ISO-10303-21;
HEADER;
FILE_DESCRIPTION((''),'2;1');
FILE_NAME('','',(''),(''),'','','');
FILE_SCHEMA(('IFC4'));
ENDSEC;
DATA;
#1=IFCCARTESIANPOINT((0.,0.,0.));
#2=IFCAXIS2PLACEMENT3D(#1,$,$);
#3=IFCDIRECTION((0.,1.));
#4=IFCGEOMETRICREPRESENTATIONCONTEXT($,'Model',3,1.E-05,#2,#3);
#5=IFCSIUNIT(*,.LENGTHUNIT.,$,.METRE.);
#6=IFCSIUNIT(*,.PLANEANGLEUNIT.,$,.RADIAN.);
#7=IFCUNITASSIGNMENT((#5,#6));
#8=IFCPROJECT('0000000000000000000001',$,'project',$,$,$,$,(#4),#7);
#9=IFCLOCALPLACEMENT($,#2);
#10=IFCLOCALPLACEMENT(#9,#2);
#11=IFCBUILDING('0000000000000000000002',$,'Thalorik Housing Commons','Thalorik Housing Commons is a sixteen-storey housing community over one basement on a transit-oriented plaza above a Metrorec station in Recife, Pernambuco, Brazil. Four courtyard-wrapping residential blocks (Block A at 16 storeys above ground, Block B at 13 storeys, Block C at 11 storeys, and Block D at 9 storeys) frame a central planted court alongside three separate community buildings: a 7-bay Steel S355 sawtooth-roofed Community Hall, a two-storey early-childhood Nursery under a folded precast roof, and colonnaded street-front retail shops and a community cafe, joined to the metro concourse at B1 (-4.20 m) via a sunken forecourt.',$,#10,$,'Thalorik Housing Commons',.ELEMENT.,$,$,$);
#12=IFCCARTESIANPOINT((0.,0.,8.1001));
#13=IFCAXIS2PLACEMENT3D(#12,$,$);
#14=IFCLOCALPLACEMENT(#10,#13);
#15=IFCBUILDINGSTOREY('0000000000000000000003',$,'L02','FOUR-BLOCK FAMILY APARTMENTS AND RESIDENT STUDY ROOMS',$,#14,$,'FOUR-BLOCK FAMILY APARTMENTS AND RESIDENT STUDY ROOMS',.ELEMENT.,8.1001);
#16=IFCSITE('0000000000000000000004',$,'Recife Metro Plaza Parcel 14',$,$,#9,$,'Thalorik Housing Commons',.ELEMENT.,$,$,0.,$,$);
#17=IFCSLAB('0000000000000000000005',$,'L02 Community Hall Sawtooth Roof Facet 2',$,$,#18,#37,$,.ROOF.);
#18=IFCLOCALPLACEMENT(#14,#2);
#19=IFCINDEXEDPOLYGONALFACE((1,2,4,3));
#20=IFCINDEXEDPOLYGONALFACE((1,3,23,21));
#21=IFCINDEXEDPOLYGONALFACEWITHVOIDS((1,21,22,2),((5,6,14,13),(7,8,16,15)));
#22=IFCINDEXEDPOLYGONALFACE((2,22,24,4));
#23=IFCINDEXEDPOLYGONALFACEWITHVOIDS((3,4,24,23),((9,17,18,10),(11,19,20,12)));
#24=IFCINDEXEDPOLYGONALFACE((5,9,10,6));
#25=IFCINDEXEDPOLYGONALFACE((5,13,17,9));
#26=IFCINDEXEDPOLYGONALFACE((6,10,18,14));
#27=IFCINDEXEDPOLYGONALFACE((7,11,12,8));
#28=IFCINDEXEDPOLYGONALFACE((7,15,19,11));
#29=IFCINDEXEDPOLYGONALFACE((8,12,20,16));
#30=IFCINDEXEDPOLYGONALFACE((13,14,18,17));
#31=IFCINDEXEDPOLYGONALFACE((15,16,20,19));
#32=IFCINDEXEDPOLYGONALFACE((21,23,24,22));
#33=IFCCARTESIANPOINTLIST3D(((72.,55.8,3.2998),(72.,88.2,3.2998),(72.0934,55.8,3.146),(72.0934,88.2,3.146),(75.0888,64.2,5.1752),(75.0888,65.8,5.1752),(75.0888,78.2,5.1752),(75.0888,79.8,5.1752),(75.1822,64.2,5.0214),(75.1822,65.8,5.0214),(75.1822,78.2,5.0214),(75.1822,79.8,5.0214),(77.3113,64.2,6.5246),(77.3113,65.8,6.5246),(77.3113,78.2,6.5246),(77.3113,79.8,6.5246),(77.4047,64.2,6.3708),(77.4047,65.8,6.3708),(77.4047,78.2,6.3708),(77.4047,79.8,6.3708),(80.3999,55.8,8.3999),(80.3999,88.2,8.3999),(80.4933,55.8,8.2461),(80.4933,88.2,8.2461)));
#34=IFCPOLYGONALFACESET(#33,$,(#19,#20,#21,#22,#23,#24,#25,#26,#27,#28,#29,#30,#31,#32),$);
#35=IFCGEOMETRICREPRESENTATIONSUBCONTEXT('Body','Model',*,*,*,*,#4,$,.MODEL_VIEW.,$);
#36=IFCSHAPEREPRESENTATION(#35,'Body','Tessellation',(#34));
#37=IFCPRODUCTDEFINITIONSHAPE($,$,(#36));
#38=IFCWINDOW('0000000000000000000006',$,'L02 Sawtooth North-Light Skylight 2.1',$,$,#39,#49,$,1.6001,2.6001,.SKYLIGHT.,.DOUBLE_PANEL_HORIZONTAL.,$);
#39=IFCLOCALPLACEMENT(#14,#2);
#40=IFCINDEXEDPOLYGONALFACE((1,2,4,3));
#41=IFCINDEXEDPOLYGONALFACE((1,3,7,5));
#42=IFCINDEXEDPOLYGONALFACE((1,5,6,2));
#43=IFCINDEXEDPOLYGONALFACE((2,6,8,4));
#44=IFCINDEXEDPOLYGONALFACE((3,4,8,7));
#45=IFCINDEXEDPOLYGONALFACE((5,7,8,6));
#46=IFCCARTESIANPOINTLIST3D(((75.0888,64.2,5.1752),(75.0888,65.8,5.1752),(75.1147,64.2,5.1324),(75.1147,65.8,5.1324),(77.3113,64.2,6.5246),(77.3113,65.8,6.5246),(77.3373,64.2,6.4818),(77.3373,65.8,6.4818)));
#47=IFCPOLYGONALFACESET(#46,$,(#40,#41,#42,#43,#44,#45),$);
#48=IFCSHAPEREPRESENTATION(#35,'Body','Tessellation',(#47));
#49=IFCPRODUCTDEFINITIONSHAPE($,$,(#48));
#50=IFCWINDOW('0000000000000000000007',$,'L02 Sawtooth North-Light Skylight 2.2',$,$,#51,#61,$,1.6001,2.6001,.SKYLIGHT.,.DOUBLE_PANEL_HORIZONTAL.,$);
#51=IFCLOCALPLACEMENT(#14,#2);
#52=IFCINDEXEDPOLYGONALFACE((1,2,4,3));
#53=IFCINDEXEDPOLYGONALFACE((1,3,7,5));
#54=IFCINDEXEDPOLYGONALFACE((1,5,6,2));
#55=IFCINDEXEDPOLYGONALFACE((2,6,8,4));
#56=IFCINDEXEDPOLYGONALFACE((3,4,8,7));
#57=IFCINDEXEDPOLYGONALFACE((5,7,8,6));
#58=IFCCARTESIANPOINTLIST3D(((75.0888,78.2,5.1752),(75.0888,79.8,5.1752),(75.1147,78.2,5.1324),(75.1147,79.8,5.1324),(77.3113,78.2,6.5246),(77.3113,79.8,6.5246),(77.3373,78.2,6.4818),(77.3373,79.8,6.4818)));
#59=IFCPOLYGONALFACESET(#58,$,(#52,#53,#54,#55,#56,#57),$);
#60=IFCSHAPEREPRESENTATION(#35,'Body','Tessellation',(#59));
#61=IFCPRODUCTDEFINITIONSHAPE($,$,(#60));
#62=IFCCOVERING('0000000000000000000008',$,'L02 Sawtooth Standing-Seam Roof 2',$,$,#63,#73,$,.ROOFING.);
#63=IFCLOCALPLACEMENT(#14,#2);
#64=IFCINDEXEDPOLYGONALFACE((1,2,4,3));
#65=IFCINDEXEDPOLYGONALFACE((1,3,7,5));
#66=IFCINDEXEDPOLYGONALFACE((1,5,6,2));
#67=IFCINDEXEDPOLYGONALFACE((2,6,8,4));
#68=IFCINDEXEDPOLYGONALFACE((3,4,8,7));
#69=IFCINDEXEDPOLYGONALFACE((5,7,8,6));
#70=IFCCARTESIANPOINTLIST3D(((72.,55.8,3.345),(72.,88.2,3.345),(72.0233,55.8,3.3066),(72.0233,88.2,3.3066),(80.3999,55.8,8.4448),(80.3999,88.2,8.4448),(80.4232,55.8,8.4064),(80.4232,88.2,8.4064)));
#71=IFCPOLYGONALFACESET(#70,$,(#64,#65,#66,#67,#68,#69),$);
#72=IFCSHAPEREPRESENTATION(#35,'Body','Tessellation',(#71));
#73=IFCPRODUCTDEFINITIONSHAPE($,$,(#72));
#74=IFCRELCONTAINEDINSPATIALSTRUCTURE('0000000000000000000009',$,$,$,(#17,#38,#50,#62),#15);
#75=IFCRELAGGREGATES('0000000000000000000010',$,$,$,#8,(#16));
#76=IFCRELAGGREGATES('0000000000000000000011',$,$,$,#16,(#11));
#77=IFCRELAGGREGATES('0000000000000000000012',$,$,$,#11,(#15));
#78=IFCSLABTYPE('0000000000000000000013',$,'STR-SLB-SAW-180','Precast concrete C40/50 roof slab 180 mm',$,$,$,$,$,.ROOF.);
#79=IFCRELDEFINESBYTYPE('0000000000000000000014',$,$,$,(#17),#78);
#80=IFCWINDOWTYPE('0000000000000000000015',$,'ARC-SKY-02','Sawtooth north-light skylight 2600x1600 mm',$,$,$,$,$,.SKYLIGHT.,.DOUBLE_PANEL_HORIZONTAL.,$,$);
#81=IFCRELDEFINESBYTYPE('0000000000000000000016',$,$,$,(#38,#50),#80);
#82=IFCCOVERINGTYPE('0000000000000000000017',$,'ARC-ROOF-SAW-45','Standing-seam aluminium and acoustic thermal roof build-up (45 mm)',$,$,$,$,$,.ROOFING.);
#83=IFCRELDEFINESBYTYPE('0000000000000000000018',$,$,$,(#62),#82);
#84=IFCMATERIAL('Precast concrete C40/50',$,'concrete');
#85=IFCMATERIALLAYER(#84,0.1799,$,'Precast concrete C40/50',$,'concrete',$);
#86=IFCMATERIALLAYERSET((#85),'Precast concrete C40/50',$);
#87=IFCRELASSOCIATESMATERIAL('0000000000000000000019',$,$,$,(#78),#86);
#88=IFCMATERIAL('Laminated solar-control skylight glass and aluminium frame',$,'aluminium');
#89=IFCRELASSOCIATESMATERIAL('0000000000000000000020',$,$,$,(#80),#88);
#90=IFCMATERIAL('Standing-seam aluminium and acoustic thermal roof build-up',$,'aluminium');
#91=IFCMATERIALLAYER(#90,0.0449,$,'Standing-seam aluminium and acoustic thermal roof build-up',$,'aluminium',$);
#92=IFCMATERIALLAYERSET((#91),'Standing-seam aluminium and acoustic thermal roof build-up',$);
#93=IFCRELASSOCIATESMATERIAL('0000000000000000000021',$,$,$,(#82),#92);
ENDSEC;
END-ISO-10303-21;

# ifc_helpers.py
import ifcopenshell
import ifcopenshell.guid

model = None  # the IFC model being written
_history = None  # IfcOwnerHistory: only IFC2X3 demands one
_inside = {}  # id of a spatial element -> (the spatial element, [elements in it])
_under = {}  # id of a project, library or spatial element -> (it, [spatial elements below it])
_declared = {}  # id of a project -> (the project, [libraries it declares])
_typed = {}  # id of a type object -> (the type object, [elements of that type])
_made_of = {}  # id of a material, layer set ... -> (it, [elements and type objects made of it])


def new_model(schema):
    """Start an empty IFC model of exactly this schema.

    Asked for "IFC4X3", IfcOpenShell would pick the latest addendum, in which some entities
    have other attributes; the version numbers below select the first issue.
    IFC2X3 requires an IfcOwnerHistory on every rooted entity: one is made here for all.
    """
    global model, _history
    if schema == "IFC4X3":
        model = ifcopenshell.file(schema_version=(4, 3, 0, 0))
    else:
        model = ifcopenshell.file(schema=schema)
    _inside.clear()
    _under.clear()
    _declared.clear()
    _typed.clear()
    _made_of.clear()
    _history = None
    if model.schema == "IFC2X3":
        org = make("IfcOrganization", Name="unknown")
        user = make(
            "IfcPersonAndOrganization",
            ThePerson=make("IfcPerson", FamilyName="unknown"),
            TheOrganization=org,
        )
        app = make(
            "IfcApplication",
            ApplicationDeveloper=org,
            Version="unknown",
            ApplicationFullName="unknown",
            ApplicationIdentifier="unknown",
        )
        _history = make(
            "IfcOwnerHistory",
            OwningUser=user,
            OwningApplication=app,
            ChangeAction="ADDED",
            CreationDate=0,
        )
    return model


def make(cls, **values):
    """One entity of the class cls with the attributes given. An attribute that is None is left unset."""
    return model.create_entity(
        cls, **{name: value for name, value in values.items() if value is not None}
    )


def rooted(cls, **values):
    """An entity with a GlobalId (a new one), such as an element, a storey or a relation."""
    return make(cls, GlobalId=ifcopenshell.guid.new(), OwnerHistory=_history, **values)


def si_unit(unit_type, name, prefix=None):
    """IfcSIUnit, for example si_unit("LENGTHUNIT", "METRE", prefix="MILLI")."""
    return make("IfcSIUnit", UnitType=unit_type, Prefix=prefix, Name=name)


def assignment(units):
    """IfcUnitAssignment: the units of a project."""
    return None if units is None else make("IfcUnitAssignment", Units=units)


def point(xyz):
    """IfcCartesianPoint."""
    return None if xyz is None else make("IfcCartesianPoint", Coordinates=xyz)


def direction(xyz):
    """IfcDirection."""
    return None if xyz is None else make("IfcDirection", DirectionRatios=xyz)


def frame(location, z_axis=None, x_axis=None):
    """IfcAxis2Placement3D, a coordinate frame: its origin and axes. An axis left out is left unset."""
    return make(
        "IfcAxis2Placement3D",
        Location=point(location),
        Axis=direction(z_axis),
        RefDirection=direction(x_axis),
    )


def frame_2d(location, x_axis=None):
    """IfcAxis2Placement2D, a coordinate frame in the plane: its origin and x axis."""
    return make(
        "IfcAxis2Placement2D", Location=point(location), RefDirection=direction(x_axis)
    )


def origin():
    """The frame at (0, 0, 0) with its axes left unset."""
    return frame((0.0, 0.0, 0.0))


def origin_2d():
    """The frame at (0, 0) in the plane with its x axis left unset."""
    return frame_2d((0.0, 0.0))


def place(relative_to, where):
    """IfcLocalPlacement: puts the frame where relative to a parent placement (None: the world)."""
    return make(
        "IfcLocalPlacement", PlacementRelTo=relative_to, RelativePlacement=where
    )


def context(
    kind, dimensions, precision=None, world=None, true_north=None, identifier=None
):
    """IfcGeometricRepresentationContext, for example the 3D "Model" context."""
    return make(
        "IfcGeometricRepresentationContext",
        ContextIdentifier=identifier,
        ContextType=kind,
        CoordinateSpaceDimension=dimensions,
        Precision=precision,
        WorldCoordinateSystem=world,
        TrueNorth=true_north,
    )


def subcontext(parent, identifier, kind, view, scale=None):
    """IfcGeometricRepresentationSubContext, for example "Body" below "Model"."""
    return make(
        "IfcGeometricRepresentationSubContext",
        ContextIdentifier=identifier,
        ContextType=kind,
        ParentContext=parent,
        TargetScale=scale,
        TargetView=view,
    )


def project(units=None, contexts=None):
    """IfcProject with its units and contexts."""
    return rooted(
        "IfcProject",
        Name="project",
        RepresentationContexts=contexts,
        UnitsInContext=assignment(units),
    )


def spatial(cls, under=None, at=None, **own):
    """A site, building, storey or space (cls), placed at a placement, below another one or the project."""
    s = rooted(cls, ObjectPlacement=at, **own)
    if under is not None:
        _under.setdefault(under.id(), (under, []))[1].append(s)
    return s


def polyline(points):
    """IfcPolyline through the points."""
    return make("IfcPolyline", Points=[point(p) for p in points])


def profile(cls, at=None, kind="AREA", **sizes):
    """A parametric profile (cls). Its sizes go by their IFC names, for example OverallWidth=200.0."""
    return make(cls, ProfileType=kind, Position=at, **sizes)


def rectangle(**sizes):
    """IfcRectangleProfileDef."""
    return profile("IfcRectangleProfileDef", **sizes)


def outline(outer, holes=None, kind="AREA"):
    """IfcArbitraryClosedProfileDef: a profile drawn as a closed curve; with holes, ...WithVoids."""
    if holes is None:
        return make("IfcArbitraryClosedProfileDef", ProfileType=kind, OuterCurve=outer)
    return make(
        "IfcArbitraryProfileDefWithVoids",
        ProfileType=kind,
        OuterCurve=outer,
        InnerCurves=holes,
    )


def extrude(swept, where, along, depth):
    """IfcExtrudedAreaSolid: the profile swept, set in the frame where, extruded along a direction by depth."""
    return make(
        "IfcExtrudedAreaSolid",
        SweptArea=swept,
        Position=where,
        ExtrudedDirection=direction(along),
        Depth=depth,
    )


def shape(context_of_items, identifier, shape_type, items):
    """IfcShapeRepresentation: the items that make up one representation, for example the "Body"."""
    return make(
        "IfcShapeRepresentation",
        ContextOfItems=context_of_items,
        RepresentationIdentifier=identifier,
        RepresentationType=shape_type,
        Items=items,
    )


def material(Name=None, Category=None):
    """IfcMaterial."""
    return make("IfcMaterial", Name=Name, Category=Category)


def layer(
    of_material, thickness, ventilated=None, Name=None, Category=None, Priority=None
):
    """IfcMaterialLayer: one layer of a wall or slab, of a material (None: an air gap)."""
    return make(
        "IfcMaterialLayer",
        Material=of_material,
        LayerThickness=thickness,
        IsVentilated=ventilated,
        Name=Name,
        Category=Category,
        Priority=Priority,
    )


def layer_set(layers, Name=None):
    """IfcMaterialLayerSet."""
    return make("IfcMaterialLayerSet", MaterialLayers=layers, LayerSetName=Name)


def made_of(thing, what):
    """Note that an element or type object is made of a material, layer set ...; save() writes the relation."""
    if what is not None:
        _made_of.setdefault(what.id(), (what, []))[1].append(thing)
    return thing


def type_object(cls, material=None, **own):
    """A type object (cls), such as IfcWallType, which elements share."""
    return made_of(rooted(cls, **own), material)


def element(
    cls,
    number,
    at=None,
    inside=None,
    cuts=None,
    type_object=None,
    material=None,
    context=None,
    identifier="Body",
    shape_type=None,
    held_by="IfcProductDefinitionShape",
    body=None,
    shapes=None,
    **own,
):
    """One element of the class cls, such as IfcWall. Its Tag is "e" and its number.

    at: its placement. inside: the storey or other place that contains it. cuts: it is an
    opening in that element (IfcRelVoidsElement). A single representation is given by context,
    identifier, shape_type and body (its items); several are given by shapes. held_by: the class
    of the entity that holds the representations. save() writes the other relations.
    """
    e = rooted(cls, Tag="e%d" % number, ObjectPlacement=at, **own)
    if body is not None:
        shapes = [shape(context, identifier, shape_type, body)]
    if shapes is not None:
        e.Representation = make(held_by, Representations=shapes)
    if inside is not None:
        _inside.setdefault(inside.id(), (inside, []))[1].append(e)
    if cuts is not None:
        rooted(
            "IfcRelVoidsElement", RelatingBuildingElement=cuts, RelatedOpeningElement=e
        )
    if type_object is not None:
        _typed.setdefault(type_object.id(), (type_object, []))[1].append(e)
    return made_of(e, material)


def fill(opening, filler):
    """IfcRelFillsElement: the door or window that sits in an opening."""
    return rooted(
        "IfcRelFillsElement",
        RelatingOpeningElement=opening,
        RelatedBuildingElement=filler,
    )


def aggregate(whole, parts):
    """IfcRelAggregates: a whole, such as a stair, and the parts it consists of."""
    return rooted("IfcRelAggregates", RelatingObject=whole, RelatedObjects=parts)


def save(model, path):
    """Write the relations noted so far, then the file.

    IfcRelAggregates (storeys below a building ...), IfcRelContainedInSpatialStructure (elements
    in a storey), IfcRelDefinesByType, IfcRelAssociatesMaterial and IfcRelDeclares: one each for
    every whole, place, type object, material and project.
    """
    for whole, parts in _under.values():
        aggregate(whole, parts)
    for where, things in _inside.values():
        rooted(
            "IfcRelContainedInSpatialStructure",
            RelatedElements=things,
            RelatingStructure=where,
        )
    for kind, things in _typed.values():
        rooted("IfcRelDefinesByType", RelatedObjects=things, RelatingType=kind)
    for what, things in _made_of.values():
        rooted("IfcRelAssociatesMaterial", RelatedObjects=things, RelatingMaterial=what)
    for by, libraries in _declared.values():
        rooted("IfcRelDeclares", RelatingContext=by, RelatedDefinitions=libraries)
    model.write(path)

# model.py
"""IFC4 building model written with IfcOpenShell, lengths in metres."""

from ifc_helpers import new_model, si_unit, direction, frame, origin, origin_2d, place, context, subcontext, project, spatial, polyline, rectangle, outline, extrude, material, layer, layer_set, type_object, element, fill, save


model = new_model("IFC4")

# Units and contexts
model_context = context("Model", 3, precision=1e-05, world=origin(), true_north=direction((0.0, 1.0)))
body_context = subcontext(model_context, "Body", "Model", "MODEL_VIEW")
ifc_project = project(units=[si_unit("LENGTHUNIT", "METRE"), si_unit("PLANEANGLEUNIT", "RADIAN")], contexts=[model_context])

# Site, building, storey
site_placement = place(None, origin())
site = spatial("IfcSite", under=ifc_project, at=site_placement, Name="Recife Metro Plaza Parcel 14", LongName="Thalorik Housing Commons", CompositionType="ELEMENT", RefElevation=0.0)
building_placement = place(site_placement, origin())
building = spatial("IfcBuilding", under=site, at=building_placement, Name="Thalorik Housing Commons", Description="Thalorik Housing Commons is a sixteen-storey housing community over one basement on a transit-oriented plaza above a Metrorec station in Recife, Pernambuco, Brazil. Four courtyard-wrapping residential blocks (Block A at 16 storeys above ground, Block B at 13 storeys, Block C at 11 storeys, and Block D at 9 storeys) frame a central planted court alongside three separate community buildings: a 7-bay Steel S355 sawtooth-roofed Community Hall, a two-storey early-childhood Nursery under a folded precast roof, and colonnaded street-front retail shops and a community cafe, joined to the metro concourse at B1 (-4.20 m) via a sunken forecourt.", LongName="Thalorik Housing Commons", CompositionType="ELEMENT")
storey_placement = place(building_placement, frame((0.0, 0.0, 8.1001)))
storey = spatial("IfcBuildingStorey", under=building, at=storey_placement, Name="L02", Description="FOUR-BLOCK FAMILY APARTMENTS AND RESIDENT STUDY ROOMS", LongName="FOUR-BLOCK FAMILY APARTMENTS AND RESIDENT STUDY ROOMS", CompositionType="ELEMENT", Elevation=8.1001)

# Slab, openings, windows
ifc_material_1 = material(Name="Precast concrete C40/50", Category="concrete")
ifc_layer_1 = layer(ifc_material_1, 0.1799, Name="Precast concrete C40/50", Category="concrete")
ifc_layer_set_1 = layer_set([ifc_layer_1], Name="Precast concrete C40/50")
slab_type = type_object("IfcSlabType", Name="STR-SLB-SAW-180", Description="Precast concrete C40/50 roof slab 180 mm", PredefinedType="ROOF", material=ifc_layer_set_1)
slab_placement = place(storey_placement, frame((72.0, 55.8, 3.2998), z_axis=(-0.51899, 0.0, 0.85478), x_axis=(0.85478, 0.0, 0.51899)))
slab = element("IfcSlab", 1, at=slab_placement, inside=storey, type_object=slab_type, Name="L02 Community Hall Sawtooth Roof Facet 2", PredefinedType="ROOF", context=body_context, shape_type="SweptSolid", body=[
    extrude(outline(polyline([(0.0, 0.0), (9.827, 0.0), (9.827, 32.3999), (0.0, 32.3999), (0.0, 0.0)])), origin(), (0.0, 0.0, -1.0), 0.1799),
])
opening_1_placement = place(slab_placement, frame((4.9136, 9.2, 0.01), z_axis=(0.0, 0.0, -1.0), x_axis=(1.0, 0.0, 0.0)))
opening_1 = element("IfcOpeningElement", 2, at=opening_1_placement, cuts=slab, PredefinedType="OPENING", context=body_context, shape_type="SweptSolid", body=[
    extrude(rectangle(XDim=2.6001, YDim=1.6001, at=origin_2d()), origin(), (0.0, 0.0, 1.0), 0.2),
])
opening_2_placement = place(slab_placement, frame((4.9136, 23.2, 0.01), z_axis=(0.0, 0.0, -1.0), x_axis=(1.0, 0.0, 0.0)))
opening_2 = element("IfcOpeningElement", 3, at=opening_2_placement, cuts=slab, PredefinedType="OPENING", context=body_context, shape_type="SweptSolid", body=[
    extrude(rectangle(XDim=2.6001, YDim=1.6001, at=origin_2d()), origin(), (0.0, 0.0, 1.0), 0.2),
])
ifc_material_2 = material(Name="Laminated solar-control skylight glass and aluminium frame", Category="aluminium")
window_type = type_object("IfcWindowType", Name="ARC-SKY-02", Description="Sawtooth north-light skylight 2600x1600 mm", PartitioningType="DOUBLE_PANEL_HORIZONTAL", PredefinedType="SKYLIGHT", material=ifc_material_2)
window_1_placement = place(opening_1_placement, frame((0.0, 0.0, 0.01)))
window_1 = element("IfcWindow", 4, at=window_1_placement, inside=storey, type_object=window_type, Name="L02 Sawtooth North-Light Skylight 2.1", OverallHeight=1.6001, OverallWidth=2.6001, PartitioningType="DOUBLE_PANEL_HORIZONTAL", PredefinedType="SKYLIGHT", context=body_context, shape_type="SweptSolid", body=[
    extrude(rectangle(XDim=2.6001, YDim=1.6001, at=origin_2d()), origin(), (0.0, 0.0, 1.0), 0.05),
])
fill(opening_1, window_1)
window_2_placement = place(opening_2_placement, frame((0.0, 0.0, 0.01)))
window_2 = element("IfcWindow", 5, at=window_2_placement, inside=storey, type_object=window_type, Name="L02 Sawtooth North-Light Skylight 2.2", OverallHeight=1.6001, OverallWidth=2.6001, PartitioningType="DOUBLE_PANEL_HORIZONTAL", PredefinedType="SKYLIGHT", context=body_context, shape_type="SweptSolid", body=[
    extrude(rectangle(XDim=2.6001, YDim=1.6001, at=origin_2d()), origin(), (0.0, 0.0, 1.0), 0.05),
])
fill(opening_2, window_2)

# Covering
ifc_material_3 = material(Name="Standing-seam aluminium and acoustic thermal roof build-up", Category="aluminium")
ifc_layer_2 = layer(ifc_material_3, 0.0449, Name="Standing-seam aluminium and acoustic thermal roof build-up", Category="aluminium")
ifc_layer_set_2 = layer_set([ifc_layer_2], Name="Standing-seam aluminium and acoustic thermal roof build-up")
covering_type = type_object("IfcCoveringType", Name="ARC-ROOF-SAW-45", Description="Standing-seam aluminium and acoustic thermal roof build-up (45 mm)", PredefinedType="ROOFING", material=ifc_layer_set_2)
covering_placement = place(storey_placement, frame((72.0, 55.8, 3.345), z_axis=(-0.518972, 0.0, 0.854791), x_axis=(0.854791, 0.0, 0.518972)))
element("IfcCovering", 6, at=covering_placement, inside=storey, type_object=covering_type, Name="L02 Sawtooth Standing-Seam Roof 2", PredefinedType="ROOFING", context=body_context, shape_type="SweptSolid", body=[
    extrude(outline(polyline([(0.0, 0.0), (9.8268, 0.0), (9.8268, 32.3999), (0.0, 32.3999), (0.0, 0.0)])), origin(), (0.0, 0.0, -1.0), 0.0449),
])

save(model, "model.ifc")
